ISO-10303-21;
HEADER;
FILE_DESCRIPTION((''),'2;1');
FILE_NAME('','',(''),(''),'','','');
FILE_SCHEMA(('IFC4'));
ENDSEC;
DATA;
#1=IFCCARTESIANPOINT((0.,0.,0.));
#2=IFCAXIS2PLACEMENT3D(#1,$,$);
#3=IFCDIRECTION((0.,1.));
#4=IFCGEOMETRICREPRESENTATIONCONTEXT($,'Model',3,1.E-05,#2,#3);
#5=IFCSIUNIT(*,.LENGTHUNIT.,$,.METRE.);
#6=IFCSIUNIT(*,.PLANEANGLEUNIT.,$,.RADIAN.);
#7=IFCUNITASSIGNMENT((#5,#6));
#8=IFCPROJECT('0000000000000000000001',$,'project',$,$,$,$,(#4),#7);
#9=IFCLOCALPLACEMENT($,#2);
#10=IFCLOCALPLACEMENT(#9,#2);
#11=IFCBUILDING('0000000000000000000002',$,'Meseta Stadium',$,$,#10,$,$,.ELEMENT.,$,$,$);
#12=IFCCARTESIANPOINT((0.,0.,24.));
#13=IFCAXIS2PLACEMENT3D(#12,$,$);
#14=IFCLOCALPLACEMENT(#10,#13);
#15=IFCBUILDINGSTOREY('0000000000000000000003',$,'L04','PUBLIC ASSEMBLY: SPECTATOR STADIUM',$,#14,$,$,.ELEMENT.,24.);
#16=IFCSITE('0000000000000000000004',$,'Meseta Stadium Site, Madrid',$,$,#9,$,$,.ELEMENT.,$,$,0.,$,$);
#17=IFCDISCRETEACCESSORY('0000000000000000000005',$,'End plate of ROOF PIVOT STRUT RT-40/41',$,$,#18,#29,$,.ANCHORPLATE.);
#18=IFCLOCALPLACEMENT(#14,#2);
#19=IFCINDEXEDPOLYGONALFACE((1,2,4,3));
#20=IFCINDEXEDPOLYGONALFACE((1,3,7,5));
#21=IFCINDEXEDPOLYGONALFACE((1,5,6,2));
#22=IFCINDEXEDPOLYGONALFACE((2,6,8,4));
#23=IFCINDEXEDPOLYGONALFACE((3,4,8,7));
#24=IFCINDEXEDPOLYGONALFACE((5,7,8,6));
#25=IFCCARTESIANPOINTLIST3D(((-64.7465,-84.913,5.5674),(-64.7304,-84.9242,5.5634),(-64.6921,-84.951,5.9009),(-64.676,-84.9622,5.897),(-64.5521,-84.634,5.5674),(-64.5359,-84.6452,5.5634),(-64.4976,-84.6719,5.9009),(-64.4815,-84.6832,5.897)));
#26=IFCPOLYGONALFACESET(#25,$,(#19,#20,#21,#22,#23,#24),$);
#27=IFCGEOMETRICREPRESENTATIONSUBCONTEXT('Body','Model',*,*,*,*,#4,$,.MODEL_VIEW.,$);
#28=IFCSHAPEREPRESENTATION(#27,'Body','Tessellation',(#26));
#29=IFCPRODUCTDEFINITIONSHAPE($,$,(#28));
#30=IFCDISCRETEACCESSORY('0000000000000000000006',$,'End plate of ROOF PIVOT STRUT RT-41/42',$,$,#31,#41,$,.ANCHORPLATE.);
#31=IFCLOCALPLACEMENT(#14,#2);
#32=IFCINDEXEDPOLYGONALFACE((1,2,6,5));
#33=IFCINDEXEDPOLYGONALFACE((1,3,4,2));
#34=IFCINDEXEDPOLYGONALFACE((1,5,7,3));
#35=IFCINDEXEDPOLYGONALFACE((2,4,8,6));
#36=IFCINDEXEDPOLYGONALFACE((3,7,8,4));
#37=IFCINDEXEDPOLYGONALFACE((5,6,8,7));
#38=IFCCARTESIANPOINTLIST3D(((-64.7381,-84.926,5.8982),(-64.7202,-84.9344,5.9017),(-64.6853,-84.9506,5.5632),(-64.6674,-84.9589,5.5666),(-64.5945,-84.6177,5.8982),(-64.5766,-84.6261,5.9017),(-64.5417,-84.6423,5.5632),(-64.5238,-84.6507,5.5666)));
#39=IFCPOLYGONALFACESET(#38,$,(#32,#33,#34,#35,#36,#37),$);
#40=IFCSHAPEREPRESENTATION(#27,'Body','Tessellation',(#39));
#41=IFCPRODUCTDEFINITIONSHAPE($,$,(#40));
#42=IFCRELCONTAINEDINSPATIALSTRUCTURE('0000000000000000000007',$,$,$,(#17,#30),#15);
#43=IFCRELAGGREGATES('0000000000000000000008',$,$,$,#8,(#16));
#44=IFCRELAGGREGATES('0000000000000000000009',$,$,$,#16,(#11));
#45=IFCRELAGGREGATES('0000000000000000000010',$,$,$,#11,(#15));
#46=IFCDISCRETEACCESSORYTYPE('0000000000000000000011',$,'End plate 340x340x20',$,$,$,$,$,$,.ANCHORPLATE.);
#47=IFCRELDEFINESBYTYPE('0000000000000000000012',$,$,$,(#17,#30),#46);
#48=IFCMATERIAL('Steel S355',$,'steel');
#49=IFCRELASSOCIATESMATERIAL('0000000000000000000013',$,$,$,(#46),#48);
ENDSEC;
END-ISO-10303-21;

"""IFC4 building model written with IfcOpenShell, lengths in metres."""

from ifc_helpers import new_model, si_unit, direction, frame, origin, origin_2d, place, context, subcontext, project, spatial, rectangle, extrude, material, material_profile, profile_set, type_object, element, save


model = new_model("IFC4")

# Units and contexts
model_context = context("Model", 3, precision=1e-05, world=origin(), true_north=direction((0.0, 1.0)))
body_context = subcontext(model_context, "Body", "Model", "MODEL_VIEW")
ifc_project = project(units=[si_unit("LENGTHUNIT", "METRE"), si_unit("PLANEANGLEUNIT", "RADIAN")], contexts=[model_context])

# Site, building, storey
site_placement = place(None, origin())
site = spatial("IfcSite", under=ifc_project, at=site_placement, Name="Meseta Stadium Site, Madrid", CompositionType="ELEMENT", RefElevation=0.0)
building_placement = place(site_placement, origin())
building = spatial("IfcBuilding", under=site, at=building_placement, Name="Meseta Stadium", CompositionType="ELEMENT")
storey_placement = place(building_placement, frame((0.0, 0.0, 24.0)))
storey = spatial("IfcBuildingStorey", under=building, at=storey_placement, Name="L04", Description="PUBLIC ASSEMBLY: SPECTATOR STADIUM", CompositionType="ELEMENT", Elevation=24.0)

# Discrete accessories
ifc_material_1 = material(Name="Steel S355", Category="steel")
ifc_material_profile_1 = material_profile(ifc_material_1, rectangle(XDim=0.3401, YDim=0.3401, at=origin_2d()), Name="PL 340x340")
ifc_profile_set_1 = profile_set([ifc_material_profile_1], Name="Steel S355")
discrete_accessory_type_1 = type_object("IfcDiscreteAccessoryType", Name="End plate 340x340x20", PredefinedType="ANCHORPLATE", material=ifc_profile_set_1)
for number, where, z_axis, x_axis, name in (
    (1, (-64.6221, -84.7925, 5.7341), (0.804639, -0.560809, -0.195064), (0.571793, 0.820398, 0.0), "End plate of ROOF PIVOT STRUT RT-40/41"),
    (2, (-64.6399, -84.7842, 5.7307), (0.893104, -0.415966, 0.17128), (0.422206, 0.9065, 0.0), "End plate of ROOF PIVOT STRUT RT-41/42"),
):
    element("IfcDiscreteAccessory", number, at=place(storey_placement, frame(where, z_axis=z_axis, x_axis=x_axis)), inside=storey, type_object=discrete_accessory_type_1, Name=name, PredefinedType="ANCHORPLATE", context=body_context, shape_type="SweptSolid", body=[
        extrude(rectangle(XDim=0.3401, YDim=0.3401, at=origin_2d()), origin(), (0.0, 0.0, 1.0), 0.02),
    ])

save(model, "model.ifc")
